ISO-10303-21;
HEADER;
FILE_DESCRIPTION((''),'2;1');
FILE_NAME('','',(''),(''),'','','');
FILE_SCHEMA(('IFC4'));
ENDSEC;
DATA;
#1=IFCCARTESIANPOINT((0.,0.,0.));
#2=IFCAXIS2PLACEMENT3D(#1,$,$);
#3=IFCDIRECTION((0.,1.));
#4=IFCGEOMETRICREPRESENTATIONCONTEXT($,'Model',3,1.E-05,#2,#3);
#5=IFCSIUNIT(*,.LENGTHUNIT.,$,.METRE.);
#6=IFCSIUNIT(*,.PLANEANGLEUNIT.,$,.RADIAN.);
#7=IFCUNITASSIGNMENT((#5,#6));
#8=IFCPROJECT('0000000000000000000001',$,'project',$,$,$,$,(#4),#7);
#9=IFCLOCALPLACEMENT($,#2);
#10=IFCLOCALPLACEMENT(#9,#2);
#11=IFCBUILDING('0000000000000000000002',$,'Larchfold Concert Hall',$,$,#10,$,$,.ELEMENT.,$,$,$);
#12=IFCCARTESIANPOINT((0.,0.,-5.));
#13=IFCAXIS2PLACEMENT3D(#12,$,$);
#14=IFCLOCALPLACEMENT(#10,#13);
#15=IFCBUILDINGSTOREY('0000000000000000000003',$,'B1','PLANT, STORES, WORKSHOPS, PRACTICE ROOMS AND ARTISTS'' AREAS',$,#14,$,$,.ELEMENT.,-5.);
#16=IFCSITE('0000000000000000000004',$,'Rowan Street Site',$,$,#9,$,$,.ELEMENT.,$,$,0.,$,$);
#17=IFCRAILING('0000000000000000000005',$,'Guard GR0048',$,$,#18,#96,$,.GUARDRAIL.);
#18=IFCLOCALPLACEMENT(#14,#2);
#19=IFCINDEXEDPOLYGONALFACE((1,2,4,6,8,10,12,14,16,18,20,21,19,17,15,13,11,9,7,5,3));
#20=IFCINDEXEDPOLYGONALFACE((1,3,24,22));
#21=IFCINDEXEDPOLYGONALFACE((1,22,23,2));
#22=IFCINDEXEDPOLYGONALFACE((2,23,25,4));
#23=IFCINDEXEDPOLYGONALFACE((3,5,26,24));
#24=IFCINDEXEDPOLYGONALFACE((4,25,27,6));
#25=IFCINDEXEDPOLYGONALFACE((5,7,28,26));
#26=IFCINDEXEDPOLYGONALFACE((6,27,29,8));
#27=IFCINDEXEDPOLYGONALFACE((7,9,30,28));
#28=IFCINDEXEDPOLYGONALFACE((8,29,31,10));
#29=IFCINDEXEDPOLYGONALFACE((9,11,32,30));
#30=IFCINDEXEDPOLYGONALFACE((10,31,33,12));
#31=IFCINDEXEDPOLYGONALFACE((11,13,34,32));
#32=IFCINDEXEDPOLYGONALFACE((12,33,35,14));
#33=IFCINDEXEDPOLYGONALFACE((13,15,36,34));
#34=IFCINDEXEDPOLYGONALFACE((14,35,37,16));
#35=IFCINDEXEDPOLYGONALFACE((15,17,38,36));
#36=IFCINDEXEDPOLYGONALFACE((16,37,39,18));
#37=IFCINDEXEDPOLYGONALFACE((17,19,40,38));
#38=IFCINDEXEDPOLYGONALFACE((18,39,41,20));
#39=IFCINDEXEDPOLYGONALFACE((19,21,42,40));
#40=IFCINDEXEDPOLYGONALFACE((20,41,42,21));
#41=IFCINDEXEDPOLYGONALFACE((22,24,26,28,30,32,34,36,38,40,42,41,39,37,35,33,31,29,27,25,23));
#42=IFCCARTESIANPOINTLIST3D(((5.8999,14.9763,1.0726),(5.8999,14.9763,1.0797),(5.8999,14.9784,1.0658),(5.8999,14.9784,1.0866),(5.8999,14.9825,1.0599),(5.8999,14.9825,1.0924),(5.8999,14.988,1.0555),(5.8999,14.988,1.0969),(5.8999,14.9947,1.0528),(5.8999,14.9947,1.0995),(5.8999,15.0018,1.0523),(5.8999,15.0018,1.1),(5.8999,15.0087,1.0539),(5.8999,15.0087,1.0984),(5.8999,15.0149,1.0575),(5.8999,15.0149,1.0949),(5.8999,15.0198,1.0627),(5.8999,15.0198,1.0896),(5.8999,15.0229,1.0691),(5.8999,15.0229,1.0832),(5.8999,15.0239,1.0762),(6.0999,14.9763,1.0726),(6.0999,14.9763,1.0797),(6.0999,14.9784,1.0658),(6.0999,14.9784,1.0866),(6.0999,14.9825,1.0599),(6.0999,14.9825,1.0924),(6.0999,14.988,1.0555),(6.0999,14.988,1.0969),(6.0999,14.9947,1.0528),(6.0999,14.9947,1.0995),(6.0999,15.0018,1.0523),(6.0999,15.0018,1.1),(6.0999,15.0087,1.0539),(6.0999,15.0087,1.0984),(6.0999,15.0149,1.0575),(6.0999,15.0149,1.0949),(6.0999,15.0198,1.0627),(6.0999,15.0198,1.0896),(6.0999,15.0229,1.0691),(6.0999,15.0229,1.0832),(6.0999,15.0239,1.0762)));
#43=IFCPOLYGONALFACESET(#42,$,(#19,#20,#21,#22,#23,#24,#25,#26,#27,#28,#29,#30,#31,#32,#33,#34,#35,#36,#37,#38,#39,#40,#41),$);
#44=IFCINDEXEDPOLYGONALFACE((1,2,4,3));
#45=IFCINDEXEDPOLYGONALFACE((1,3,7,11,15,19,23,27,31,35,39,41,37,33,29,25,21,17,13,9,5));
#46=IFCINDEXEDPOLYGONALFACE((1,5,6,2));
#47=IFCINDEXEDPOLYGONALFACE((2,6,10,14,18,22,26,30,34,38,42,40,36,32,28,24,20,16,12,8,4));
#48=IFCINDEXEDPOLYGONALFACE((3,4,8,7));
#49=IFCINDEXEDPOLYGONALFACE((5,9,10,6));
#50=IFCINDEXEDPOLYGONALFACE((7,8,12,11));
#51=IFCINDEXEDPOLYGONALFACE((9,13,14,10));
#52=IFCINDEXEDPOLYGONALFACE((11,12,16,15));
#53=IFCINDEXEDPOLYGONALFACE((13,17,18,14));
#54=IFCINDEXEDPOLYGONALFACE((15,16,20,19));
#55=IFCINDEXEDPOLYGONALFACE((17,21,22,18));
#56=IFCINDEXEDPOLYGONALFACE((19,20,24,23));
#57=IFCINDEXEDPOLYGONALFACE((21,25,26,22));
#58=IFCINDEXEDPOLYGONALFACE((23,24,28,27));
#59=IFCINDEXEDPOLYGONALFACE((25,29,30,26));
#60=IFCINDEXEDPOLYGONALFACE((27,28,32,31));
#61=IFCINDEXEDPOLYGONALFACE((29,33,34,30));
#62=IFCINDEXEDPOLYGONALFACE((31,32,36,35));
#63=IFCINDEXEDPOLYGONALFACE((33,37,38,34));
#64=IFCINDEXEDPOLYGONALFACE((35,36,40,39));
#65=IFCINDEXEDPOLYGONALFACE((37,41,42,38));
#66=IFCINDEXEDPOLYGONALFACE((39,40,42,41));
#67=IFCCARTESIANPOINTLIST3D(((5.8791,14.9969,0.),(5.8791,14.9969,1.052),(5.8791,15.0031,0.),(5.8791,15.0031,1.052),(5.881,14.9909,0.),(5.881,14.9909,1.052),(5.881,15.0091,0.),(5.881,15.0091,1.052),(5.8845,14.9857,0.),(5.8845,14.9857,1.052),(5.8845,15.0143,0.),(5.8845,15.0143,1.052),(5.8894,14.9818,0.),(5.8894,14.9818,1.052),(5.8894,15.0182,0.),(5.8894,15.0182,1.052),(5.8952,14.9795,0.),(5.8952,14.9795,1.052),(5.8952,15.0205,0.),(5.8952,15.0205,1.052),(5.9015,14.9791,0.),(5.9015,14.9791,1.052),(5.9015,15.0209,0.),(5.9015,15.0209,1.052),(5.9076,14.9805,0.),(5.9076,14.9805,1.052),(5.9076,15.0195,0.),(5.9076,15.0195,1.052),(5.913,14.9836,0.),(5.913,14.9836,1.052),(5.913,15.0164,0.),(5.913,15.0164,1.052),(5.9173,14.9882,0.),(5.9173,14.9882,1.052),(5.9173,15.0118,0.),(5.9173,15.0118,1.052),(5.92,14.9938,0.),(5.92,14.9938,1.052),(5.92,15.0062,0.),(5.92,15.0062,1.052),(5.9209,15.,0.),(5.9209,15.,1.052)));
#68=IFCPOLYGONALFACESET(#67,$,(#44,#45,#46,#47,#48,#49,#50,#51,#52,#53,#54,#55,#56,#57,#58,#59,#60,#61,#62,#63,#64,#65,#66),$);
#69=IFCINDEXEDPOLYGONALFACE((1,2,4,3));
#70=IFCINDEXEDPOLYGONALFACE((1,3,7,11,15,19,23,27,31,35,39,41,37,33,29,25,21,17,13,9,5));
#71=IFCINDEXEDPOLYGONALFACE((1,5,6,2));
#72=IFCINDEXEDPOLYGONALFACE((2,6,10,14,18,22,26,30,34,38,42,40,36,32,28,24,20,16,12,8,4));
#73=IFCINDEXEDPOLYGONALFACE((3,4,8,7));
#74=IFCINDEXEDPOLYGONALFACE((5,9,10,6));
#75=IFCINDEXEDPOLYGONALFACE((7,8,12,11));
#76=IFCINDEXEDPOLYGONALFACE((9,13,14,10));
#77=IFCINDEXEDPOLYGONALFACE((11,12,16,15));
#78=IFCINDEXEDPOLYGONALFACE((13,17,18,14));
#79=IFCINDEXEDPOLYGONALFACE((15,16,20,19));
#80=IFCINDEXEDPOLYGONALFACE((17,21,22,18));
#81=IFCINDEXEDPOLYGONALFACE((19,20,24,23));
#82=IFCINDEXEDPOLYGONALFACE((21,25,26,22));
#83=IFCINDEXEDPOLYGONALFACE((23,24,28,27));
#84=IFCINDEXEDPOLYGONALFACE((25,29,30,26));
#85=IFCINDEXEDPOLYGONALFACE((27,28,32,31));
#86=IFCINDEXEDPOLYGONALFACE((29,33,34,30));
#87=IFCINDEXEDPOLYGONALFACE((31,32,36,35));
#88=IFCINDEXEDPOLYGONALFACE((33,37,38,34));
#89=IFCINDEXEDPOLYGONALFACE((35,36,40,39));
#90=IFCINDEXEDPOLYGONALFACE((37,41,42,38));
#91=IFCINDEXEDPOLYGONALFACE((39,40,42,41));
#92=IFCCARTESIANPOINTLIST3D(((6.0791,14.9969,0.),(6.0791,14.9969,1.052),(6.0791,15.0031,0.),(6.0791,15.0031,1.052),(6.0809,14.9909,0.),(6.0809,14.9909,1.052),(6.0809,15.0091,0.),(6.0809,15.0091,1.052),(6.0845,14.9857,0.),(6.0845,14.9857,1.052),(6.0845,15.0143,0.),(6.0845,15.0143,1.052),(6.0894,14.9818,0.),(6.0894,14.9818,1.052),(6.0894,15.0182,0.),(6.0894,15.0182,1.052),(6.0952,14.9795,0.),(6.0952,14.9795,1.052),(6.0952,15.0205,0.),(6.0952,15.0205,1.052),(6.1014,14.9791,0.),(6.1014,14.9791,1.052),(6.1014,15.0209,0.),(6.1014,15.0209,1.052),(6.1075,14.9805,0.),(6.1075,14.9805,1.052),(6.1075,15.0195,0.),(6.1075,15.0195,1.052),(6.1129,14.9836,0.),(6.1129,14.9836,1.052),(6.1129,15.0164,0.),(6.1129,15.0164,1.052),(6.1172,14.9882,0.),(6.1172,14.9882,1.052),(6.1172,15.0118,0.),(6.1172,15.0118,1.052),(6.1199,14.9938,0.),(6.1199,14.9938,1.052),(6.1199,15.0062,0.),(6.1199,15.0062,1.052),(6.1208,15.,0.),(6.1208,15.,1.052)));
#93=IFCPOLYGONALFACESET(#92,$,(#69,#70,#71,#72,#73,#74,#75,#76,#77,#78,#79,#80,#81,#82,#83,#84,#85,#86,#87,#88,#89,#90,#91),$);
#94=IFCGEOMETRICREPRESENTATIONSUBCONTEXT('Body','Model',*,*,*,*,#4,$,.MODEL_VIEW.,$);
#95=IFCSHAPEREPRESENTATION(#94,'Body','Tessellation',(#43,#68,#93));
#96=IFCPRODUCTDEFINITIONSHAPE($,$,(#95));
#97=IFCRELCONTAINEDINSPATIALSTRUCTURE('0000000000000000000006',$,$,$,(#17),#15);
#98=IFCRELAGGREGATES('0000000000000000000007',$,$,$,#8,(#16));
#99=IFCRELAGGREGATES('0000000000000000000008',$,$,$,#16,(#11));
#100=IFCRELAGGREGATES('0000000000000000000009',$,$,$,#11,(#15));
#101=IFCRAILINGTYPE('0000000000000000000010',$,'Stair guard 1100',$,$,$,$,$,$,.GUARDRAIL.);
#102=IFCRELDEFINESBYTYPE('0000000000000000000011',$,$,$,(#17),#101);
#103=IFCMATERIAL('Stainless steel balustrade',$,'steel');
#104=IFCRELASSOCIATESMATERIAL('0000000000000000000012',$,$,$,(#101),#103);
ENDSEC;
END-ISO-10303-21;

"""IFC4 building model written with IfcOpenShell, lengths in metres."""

from ifc_helpers import new_model, si_unit, direction, frame, origin, origin_2d, place, context, subcontext, project, spatial, circle, extrude, material, type_object, element, save


model = new_model("IFC4")

# Units and contexts
model_context = context("Model", 3, precision=1e-05, world=origin(), true_north=direction((0.0, 1.0)))
body_context = subcontext(model_context, "Body", "Model", "MODEL_VIEW")
ifc_project = project(units=[si_unit("LENGTHUNIT", "METRE"), si_unit("PLANEANGLEUNIT", "RADIAN")], contexts=[model_context])

# Site, building, storey
site_placement = place(None, origin())
site = spatial("IfcSite", under=ifc_project, at=site_placement, Name="Rowan Street Site", CompositionType="ELEMENT", RefElevation=0.0)
building_placement = place(site_placement, origin())
building = spatial("IfcBuilding", under=site, at=building_placement, Name="Larchfold Concert Hall", CompositionType="ELEMENT")
storey_placement = place(building_placement, frame((0.0, 0.0, -5.0)))
storey = spatial("IfcBuildingStorey", under=building, at=storey_placement, Name="B1", Description="PLANT, STORES, WORKSHOPS, PRACTICE ROOMS AND ARTISTS' AREAS", CompositionType="ELEMENT", Elevation=-5.0)

# Railing
ifc_material_1 = material(Name="Stainless steel balustrade", Category="steel")
railing_type_1 = type_object("IfcRailingType", Name="Stair guard 1100", PredefinedType="GUARDRAIL", material=ifc_material_1)
railing_1_placement = place(storey_placement, frame((5.8999, 15.0, 0.0)))
element("IfcRailing", 1, at=railing_1_placement, inside=storey, type_object=railing_type_1, Name="Guard GR0048", PredefinedType="GUARDRAIL", context=body_context, shape_type="SweptSolid", body=[
    extrude(circle(Radius=0.0239, at=origin_2d()), frame((0.0, 0.0, 1.0762), z_axis=(1.0, 0.0, 0.0), x_axis=(0.0, 1.0, 0.0)), (0.0, 0.0, 1.0), 0.2),
    extrude(circle(Radius=0.021, at=origin_2d()), origin(), (0.0, 0.0, 1.0), 1.052),
    extrude(circle(Radius=0.021, at=origin_2d()), frame((0.2, 0.0, 0.0)), (0.0, 0.0, 1.0), 1.052),
])

save(model, "model.ifc")
